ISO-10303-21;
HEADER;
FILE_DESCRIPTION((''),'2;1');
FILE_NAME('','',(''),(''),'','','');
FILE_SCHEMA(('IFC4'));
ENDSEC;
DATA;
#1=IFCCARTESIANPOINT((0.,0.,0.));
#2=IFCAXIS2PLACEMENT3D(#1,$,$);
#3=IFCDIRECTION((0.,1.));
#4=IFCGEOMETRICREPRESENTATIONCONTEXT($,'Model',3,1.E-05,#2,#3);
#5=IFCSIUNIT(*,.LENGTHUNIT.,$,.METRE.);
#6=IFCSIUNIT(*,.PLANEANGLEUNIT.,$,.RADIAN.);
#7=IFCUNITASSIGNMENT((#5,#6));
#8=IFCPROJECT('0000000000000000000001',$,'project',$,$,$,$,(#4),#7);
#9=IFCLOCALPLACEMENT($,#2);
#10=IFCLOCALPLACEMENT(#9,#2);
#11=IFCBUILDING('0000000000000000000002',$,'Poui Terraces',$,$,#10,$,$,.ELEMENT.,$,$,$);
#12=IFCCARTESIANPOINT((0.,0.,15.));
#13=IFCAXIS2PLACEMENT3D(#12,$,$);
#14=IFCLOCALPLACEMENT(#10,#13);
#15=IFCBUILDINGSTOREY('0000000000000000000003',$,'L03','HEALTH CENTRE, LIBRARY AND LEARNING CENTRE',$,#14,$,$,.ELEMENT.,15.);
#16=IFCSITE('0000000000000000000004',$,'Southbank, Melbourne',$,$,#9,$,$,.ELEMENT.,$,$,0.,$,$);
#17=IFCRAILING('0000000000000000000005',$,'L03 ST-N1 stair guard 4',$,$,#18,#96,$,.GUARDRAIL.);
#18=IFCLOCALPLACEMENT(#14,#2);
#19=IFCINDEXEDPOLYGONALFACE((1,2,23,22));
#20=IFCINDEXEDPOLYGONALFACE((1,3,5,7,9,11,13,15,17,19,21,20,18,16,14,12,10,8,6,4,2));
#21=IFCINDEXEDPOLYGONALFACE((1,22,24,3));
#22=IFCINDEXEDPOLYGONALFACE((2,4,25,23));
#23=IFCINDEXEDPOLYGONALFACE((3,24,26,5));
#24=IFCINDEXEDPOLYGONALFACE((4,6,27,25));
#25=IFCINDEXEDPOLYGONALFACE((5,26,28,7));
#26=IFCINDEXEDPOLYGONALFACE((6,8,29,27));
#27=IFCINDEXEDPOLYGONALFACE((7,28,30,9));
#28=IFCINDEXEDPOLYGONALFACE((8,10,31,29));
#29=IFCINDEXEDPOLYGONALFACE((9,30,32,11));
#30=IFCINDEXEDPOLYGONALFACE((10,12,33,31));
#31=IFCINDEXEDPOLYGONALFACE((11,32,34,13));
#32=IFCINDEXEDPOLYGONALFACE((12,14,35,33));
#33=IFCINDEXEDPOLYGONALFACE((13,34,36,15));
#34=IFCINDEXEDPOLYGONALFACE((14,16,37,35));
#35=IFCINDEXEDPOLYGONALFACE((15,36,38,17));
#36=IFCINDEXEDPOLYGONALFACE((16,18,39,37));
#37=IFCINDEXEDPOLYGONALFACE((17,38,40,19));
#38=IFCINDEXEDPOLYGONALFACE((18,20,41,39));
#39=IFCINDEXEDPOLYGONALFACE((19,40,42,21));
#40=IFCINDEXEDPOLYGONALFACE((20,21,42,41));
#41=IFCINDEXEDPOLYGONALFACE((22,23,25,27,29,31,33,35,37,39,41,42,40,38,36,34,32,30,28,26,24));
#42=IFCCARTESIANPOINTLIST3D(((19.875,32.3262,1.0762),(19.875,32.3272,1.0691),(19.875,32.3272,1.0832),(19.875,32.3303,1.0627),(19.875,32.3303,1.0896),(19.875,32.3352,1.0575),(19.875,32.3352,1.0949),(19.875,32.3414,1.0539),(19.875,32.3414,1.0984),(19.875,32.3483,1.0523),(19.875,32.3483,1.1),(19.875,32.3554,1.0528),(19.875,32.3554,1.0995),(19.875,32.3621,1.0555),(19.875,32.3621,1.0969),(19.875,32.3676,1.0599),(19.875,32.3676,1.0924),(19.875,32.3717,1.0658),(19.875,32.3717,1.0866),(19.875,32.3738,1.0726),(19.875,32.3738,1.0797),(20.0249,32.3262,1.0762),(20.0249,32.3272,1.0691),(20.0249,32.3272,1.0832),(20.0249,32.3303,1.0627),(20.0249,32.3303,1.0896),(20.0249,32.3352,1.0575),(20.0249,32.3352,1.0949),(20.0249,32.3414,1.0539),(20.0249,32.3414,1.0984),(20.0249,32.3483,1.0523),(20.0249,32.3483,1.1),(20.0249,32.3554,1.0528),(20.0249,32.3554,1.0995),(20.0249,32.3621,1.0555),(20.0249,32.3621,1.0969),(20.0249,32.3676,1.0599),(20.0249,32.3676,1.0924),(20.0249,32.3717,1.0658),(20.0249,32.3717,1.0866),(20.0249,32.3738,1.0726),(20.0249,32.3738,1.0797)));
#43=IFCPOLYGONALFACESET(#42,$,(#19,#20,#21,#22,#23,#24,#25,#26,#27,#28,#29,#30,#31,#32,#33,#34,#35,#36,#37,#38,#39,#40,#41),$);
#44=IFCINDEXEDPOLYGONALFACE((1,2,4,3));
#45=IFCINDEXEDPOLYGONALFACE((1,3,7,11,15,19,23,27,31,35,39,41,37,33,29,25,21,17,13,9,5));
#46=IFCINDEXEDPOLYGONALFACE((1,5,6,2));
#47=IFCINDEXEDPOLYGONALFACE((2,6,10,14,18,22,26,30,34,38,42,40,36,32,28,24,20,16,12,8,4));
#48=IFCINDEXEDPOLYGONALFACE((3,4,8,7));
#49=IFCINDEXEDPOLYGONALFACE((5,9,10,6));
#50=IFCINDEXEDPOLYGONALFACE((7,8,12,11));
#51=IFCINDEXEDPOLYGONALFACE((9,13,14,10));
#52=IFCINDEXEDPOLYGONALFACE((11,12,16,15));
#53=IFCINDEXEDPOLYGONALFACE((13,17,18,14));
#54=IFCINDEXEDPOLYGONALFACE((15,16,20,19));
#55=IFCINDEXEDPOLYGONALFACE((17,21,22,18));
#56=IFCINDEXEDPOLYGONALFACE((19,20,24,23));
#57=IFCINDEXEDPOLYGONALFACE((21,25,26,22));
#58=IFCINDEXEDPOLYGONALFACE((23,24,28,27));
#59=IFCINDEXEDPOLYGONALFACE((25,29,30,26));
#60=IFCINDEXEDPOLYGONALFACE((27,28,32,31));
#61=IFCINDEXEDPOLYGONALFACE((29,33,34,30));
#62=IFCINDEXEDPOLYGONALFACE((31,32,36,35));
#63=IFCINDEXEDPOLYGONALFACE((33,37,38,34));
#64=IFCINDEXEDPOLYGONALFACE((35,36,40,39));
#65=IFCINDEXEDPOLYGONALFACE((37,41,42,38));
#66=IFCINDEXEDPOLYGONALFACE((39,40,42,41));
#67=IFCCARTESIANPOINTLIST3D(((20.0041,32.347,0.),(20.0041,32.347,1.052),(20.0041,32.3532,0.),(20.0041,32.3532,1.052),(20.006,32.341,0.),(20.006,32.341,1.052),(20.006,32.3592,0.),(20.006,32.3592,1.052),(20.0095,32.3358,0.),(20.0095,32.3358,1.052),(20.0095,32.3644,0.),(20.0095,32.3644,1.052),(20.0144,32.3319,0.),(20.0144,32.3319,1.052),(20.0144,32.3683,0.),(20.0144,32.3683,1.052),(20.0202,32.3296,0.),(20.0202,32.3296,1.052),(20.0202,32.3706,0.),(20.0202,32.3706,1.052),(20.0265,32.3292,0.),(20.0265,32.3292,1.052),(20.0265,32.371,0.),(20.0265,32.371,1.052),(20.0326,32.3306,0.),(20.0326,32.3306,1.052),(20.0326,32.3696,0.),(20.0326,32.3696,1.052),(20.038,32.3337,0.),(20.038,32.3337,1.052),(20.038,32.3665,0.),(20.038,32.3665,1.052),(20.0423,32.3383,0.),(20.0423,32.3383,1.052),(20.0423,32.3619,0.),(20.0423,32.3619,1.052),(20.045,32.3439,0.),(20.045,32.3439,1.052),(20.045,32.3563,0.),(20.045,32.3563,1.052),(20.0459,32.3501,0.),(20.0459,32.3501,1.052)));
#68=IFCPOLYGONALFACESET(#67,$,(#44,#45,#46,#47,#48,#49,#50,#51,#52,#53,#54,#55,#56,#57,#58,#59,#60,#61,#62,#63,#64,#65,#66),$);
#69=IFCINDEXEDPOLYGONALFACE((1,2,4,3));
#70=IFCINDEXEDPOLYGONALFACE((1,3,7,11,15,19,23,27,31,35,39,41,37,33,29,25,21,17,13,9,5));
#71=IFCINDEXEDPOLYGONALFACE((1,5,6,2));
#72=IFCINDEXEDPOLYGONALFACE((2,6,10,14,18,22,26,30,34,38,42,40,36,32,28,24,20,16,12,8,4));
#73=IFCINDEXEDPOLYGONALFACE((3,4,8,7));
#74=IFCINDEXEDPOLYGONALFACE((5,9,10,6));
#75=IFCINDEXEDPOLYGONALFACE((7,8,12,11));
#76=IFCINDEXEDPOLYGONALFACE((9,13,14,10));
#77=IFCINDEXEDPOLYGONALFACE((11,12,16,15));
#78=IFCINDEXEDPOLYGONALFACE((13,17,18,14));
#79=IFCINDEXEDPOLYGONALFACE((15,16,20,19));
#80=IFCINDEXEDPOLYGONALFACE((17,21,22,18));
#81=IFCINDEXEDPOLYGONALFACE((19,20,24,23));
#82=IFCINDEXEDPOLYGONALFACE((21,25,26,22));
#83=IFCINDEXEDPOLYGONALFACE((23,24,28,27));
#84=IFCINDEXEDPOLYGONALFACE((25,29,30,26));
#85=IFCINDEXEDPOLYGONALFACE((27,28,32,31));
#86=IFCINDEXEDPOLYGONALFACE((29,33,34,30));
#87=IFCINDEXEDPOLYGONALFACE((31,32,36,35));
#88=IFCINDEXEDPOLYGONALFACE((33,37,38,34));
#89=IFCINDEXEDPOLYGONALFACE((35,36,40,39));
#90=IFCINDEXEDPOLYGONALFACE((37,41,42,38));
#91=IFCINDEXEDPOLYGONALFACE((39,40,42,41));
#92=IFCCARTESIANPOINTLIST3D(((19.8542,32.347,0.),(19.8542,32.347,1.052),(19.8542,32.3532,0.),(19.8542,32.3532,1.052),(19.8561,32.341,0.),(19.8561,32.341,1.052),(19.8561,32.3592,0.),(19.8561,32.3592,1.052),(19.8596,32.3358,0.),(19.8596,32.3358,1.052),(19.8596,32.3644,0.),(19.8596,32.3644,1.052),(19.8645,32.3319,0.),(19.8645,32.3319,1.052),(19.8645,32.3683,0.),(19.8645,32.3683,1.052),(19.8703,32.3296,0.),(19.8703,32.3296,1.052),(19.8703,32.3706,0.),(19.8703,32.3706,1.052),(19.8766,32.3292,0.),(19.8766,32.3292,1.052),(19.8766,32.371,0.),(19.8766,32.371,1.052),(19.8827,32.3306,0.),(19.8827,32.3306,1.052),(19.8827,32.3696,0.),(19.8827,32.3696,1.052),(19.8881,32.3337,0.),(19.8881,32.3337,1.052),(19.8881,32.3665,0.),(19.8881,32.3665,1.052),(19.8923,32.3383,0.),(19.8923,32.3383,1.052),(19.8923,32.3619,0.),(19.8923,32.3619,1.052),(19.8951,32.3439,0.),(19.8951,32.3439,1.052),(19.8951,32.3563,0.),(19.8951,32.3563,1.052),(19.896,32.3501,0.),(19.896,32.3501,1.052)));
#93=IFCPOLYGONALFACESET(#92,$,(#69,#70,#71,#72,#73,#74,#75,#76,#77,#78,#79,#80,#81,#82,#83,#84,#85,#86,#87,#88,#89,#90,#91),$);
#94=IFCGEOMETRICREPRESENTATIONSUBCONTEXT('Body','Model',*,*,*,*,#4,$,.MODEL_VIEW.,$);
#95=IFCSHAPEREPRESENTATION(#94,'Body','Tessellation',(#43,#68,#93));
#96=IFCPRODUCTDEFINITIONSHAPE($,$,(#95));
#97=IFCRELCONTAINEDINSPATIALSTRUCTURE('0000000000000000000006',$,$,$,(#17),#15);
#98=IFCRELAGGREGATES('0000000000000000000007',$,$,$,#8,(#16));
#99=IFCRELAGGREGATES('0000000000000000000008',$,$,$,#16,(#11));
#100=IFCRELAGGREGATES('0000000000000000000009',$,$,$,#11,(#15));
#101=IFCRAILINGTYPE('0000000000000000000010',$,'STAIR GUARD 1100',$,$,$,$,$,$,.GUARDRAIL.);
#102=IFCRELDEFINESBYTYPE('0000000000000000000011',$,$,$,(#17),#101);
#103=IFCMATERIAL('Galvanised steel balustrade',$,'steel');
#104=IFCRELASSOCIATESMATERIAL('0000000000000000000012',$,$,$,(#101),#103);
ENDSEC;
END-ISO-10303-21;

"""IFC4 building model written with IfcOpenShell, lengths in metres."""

from ifc_helpers import new_model, si_unit, direction, frame, origin, origin_2d, place, context, subcontext, project, spatial, circle, extrude, material, type_object, element, save


model = new_model("IFC4")

# Units and contexts
model_context = context("Model", 3, precision=1e-05, world=origin(), true_north=direction((0.0, 1.0)))
body_context = subcontext(model_context, "Body", "Model", "MODEL_VIEW")
ifc_project = project(units=[si_unit("LENGTHUNIT", "METRE"), si_unit("PLANEANGLEUNIT", "RADIAN")], contexts=[model_context])

# Site, building, storey
site_placement = place(None, origin())
site = spatial("IfcSite", under=ifc_project, at=site_placement, Name="Southbank, Melbourne", CompositionType="ELEMENT", RefElevation=0.0)
building_placement = place(site_placement, origin())
building = spatial("IfcBuilding", under=site, at=building_placement, Name="Poui Terraces", CompositionType="ELEMENT")
storey_placement = place(building_placement, frame((0.0, 0.0, 15.0)))
storey = spatial("IfcBuildingStorey", under=building, at=storey_placement, Name="L03", Description="HEALTH CENTRE, LIBRARY AND LEARNING CENTRE", CompositionType="ELEMENT", Elevation=15.0)

# Railing
ifc_material_1 = material(Name="Galvanised steel balustrade", Category="steel")
railing_type_1 = type_object("IfcRailingType", Name="STAIR GUARD 1100", PredefinedType="GUARDRAIL", material=ifc_material_1)
railing_1_placement = place(storey_placement, frame((20.0249, 32.3501, 0.0)))
element("IfcRailing", 1, at=railing_1_placement, inside=storey, type_object=railing_type_1, Name="L03 ST-N1 stair guard 4", PredefinedType="GUARDRAIL", context=body_context, shape_type="SweptSolid", body=[
    extrude(circle(Radius=0.0239, at=origin_2d()), frame((0.0, 0.0, 1.0762), z_axis=(-1.0, 0.0, 0.0), x_axis=(0.0, -1.0, 0.0)), (0.0, 0.0, 1.0), 0.1499),
    extrude(circle(Radius=0.021, at=origin_2d()), origin(), (0.0, 0.0, 1.0), 1.052),
    extrude(circle(Radius=0.021, at=origin_2d()), frame((-0.1499, 0.0, 0.0)), (0.0, 0.0, 1.0), 1.052),
])

save(model, "model.ifc")
